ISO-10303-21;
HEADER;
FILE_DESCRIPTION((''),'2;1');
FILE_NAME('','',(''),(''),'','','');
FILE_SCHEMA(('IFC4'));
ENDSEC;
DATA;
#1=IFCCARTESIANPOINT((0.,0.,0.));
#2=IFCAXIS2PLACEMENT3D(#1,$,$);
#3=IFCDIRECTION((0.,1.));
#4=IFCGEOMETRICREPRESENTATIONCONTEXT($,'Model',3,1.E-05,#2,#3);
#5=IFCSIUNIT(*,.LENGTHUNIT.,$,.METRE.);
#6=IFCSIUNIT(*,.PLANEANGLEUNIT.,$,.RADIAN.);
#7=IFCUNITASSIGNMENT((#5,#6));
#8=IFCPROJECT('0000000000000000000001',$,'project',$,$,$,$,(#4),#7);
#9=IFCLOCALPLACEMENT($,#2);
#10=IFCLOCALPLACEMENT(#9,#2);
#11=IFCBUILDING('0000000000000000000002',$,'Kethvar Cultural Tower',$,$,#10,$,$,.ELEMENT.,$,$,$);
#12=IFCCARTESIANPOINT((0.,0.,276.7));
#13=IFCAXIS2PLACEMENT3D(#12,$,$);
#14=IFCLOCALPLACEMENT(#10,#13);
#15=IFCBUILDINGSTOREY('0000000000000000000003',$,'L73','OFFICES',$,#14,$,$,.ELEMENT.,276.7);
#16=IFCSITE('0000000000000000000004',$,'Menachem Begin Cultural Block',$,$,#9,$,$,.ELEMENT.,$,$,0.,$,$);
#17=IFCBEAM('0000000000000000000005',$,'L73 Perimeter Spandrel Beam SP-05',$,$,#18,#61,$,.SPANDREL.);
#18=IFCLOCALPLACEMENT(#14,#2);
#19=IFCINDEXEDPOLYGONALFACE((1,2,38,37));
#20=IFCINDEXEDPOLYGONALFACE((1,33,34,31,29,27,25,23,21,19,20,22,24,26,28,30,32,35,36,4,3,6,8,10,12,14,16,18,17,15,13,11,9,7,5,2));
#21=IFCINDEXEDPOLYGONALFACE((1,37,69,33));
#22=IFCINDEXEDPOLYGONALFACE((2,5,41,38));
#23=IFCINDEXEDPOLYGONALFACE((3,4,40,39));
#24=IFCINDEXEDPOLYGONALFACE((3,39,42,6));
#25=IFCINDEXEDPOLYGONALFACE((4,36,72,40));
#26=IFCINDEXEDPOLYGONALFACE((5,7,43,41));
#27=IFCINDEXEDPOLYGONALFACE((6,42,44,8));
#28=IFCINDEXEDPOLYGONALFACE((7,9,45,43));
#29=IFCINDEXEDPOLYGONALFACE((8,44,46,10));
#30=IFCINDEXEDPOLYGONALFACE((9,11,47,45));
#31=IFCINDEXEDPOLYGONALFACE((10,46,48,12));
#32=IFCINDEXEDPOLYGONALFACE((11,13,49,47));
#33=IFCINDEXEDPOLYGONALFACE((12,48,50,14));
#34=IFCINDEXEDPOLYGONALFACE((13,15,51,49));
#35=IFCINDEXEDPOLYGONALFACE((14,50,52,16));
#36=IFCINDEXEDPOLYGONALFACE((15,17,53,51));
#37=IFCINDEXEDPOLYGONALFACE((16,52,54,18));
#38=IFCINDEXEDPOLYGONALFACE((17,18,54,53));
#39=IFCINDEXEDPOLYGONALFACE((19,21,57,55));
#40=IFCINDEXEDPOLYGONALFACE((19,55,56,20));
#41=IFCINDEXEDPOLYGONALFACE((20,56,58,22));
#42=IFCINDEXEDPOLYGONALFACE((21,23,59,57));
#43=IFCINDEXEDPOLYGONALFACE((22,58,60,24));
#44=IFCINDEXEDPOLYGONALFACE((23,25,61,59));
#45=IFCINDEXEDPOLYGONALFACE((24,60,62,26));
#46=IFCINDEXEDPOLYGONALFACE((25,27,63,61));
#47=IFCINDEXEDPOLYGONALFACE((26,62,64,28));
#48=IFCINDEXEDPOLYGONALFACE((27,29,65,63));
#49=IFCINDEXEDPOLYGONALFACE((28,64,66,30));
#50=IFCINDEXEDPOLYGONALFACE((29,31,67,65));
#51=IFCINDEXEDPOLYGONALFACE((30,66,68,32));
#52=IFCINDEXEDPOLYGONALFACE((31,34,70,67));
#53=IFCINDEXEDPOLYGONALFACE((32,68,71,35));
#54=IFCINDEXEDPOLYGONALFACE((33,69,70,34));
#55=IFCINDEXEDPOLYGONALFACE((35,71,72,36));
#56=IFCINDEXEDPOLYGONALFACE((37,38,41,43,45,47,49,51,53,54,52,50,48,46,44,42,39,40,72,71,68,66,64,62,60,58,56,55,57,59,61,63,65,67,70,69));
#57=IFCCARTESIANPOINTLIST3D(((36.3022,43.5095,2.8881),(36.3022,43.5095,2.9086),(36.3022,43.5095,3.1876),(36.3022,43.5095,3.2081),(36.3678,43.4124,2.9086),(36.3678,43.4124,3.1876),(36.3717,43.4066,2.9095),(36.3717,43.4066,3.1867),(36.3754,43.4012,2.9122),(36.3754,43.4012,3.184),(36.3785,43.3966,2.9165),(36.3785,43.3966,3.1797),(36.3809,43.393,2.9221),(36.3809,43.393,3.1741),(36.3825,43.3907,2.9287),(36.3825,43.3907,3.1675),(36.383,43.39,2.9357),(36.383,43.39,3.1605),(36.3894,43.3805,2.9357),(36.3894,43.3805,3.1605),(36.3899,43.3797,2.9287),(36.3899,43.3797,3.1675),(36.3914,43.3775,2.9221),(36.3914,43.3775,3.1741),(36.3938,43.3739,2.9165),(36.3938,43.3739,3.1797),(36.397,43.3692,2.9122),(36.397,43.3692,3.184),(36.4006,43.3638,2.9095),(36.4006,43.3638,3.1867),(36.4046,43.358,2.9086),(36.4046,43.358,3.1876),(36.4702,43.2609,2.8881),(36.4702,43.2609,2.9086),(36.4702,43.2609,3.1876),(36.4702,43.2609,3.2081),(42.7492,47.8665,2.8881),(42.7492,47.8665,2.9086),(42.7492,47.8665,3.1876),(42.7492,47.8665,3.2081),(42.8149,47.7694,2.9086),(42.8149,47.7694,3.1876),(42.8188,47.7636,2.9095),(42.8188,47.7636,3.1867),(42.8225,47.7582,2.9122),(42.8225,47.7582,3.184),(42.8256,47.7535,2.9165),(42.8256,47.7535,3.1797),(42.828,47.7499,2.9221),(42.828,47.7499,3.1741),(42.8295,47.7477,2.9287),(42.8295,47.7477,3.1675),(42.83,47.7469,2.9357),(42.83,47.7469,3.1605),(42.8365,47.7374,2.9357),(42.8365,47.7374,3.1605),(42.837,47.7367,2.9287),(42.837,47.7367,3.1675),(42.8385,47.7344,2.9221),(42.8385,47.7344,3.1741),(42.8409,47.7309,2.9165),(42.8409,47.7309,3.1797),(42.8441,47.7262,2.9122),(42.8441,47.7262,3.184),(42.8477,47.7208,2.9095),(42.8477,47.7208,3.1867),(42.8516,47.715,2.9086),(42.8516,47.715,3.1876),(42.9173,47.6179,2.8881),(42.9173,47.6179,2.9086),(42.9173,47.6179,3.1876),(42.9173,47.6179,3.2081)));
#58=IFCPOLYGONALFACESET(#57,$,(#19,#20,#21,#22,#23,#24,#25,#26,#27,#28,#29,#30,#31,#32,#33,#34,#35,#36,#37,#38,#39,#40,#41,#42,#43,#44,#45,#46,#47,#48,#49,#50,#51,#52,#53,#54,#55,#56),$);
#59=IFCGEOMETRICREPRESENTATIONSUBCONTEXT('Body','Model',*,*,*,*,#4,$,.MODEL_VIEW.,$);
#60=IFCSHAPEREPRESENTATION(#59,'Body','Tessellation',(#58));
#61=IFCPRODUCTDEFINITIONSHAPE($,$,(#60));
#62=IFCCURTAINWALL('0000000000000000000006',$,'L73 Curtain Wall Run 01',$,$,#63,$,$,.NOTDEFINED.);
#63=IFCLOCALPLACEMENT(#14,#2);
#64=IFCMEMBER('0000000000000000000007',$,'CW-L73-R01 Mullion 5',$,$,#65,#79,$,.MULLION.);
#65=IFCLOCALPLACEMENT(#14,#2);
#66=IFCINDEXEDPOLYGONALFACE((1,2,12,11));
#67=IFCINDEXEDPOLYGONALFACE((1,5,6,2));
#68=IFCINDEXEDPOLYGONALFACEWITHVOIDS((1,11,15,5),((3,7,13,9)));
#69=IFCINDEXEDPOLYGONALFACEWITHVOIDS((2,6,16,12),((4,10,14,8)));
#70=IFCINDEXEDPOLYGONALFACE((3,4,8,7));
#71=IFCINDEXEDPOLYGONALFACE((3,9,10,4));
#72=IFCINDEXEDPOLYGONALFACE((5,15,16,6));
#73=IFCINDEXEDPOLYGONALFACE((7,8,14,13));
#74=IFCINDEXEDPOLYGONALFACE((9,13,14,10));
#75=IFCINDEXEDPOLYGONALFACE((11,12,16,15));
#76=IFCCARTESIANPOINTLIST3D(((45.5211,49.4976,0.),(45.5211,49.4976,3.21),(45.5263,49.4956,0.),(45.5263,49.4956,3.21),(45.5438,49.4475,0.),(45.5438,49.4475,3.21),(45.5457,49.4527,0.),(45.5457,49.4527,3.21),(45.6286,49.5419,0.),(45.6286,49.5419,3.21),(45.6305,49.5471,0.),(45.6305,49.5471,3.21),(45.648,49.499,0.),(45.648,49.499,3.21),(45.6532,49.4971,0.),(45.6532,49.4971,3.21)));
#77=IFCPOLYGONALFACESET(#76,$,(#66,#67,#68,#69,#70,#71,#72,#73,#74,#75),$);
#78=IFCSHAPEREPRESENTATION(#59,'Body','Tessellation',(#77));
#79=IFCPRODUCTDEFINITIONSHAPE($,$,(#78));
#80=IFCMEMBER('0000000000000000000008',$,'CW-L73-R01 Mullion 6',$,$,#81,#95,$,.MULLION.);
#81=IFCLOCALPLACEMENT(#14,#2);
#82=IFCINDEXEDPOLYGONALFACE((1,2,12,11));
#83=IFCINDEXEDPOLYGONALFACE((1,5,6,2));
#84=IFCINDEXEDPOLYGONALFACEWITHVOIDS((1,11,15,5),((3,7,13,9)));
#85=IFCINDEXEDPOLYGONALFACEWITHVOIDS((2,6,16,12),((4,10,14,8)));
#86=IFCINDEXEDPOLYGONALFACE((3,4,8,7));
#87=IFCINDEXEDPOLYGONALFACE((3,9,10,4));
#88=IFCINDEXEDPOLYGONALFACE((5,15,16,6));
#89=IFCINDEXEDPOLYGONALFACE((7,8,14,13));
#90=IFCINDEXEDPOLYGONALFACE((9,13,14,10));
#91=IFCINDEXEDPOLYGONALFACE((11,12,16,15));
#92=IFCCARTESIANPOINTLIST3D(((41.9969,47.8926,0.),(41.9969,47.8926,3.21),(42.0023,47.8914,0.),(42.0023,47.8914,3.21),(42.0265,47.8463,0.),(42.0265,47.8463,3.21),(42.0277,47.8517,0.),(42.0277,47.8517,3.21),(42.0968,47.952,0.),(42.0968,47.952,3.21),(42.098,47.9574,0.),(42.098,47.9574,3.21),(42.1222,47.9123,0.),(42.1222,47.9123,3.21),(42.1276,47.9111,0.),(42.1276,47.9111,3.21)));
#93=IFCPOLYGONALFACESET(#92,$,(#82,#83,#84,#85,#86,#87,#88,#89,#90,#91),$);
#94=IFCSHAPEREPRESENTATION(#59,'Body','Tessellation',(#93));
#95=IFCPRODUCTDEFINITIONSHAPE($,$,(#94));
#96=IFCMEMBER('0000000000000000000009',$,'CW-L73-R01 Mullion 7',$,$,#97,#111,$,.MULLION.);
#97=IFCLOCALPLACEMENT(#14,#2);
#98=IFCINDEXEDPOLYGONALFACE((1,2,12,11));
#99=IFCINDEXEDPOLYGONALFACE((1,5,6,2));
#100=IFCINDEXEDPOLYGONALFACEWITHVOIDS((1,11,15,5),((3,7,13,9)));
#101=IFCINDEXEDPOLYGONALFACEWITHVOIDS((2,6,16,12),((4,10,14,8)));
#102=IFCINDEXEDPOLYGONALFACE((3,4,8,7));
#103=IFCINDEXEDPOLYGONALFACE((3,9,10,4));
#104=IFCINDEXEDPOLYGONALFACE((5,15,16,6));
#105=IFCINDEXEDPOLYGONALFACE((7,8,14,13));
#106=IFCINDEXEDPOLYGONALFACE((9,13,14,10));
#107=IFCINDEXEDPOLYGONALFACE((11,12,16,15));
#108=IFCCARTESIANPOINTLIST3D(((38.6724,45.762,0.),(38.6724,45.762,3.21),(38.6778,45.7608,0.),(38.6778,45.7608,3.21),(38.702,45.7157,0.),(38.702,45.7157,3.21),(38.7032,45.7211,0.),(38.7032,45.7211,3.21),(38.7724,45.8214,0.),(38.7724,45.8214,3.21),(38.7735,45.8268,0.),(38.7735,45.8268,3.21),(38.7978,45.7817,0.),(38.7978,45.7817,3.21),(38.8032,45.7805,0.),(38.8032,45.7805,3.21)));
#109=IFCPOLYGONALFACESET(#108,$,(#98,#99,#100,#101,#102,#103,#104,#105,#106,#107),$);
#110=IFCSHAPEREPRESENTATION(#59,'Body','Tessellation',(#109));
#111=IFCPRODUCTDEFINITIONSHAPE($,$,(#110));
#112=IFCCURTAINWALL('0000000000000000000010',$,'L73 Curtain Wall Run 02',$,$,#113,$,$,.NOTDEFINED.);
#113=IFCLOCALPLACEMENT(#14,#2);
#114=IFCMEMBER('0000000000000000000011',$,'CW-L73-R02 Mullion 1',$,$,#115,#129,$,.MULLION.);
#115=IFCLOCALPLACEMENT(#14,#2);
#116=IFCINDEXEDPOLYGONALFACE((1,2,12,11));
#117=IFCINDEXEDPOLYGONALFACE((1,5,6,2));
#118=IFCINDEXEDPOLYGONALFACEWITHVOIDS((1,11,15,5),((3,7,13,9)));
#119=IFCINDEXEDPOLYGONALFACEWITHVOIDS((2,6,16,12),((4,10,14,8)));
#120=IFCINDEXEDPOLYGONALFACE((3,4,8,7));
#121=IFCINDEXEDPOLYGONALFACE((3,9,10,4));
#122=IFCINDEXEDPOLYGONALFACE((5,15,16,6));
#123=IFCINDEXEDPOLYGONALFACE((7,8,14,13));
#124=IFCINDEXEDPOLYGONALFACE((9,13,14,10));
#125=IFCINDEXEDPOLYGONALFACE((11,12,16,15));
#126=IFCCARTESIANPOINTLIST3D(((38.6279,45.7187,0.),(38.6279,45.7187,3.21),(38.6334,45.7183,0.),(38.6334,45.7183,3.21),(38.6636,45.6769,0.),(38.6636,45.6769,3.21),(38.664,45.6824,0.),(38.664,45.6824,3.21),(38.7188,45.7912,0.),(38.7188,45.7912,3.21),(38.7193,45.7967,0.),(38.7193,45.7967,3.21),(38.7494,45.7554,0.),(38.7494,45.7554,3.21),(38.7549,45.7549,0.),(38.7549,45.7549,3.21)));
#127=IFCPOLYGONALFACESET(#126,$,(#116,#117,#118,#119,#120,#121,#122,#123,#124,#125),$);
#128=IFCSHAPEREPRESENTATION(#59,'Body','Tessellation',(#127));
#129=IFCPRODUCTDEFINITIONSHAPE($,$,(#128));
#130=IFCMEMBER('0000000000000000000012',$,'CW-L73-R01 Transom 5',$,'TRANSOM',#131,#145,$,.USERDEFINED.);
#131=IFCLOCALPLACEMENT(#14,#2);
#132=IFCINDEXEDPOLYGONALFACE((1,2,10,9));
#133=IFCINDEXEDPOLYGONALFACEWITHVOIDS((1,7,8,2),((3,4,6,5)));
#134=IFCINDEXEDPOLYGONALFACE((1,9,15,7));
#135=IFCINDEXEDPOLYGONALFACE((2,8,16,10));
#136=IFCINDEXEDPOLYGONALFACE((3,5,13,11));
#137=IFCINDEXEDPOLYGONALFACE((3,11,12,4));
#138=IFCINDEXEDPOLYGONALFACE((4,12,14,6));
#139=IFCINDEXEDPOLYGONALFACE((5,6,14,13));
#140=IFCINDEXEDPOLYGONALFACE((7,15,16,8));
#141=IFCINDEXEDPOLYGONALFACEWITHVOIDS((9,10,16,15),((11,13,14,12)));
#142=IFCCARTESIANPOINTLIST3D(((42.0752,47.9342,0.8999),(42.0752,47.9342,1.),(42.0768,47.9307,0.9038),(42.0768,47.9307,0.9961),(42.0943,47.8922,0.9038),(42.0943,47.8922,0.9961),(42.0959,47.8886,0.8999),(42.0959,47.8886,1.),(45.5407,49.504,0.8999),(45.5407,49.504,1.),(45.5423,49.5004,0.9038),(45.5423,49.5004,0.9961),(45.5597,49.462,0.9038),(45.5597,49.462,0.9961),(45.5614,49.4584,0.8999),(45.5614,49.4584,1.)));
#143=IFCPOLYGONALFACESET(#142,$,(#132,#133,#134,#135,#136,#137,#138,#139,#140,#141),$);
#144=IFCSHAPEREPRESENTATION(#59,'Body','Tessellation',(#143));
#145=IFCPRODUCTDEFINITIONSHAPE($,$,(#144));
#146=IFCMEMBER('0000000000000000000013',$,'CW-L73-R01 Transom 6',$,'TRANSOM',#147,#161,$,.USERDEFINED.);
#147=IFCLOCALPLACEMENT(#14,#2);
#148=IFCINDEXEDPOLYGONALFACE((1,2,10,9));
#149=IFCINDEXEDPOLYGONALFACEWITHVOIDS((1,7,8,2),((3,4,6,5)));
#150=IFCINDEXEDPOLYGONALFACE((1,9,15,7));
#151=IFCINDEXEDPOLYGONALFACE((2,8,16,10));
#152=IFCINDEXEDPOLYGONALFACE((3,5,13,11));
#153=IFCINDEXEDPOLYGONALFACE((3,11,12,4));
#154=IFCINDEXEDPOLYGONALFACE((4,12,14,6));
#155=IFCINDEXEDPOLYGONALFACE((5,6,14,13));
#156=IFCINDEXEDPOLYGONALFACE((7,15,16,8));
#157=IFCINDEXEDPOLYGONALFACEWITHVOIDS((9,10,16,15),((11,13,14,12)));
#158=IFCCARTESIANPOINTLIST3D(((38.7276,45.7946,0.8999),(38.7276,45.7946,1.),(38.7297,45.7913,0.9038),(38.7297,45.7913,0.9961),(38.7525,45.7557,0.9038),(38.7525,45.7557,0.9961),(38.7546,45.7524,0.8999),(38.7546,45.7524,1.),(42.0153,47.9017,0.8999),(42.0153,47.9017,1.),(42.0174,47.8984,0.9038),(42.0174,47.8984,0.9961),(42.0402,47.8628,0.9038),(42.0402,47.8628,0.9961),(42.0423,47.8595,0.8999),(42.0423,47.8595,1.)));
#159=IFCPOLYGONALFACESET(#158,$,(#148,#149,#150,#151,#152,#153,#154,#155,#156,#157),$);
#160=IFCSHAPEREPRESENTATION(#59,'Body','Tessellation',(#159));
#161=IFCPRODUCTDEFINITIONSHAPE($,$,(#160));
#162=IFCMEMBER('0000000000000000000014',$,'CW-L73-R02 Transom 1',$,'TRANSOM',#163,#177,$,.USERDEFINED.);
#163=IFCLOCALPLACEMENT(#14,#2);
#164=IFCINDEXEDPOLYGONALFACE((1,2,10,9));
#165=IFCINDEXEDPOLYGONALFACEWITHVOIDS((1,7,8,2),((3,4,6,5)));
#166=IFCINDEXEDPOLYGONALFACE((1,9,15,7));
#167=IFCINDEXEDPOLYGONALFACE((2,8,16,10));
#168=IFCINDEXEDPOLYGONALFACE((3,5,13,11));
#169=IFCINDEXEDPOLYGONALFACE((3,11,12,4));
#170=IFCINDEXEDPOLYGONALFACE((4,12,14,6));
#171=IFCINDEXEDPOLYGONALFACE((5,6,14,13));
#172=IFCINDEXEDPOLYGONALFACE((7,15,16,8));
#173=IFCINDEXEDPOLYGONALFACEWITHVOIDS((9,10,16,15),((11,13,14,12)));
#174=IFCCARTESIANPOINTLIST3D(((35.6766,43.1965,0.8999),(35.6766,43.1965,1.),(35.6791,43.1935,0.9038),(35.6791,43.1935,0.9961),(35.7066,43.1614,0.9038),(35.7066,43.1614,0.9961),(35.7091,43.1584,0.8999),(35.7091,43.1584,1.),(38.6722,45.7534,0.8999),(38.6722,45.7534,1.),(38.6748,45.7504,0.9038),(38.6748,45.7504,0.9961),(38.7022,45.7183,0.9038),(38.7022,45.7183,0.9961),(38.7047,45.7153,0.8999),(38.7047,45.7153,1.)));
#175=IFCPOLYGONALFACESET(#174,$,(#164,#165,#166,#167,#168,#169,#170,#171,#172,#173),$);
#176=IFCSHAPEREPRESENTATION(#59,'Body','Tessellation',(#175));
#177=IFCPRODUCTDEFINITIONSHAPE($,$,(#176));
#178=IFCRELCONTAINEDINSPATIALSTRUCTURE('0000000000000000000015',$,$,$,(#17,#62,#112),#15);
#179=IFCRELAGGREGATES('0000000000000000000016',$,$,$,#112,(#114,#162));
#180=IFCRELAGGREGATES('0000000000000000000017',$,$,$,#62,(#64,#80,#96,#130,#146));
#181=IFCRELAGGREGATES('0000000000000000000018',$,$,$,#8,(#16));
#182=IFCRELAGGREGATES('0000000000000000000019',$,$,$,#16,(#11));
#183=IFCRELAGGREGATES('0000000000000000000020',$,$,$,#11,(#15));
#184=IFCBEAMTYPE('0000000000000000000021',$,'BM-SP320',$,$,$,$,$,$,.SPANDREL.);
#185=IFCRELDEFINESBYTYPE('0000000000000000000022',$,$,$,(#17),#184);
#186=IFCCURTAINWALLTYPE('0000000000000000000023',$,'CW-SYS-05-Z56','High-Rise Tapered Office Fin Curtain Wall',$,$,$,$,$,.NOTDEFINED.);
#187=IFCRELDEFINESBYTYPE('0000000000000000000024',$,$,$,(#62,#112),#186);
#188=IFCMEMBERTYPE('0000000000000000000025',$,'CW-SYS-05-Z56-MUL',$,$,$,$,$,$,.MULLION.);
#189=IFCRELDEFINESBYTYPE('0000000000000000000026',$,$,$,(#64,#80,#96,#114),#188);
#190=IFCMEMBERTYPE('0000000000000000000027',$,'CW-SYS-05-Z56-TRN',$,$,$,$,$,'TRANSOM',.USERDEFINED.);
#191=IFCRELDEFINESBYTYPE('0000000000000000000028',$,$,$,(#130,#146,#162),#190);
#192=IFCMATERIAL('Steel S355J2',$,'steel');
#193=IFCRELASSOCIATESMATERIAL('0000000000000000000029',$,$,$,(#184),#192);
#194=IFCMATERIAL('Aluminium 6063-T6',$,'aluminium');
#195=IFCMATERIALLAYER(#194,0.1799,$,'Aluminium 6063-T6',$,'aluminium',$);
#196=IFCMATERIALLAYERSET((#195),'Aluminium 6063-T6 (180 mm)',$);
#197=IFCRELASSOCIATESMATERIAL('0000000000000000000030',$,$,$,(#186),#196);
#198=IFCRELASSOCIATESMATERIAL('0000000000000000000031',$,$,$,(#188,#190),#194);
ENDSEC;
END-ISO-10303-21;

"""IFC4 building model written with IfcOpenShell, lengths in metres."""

from ifc_helpers import new_model, si_unit, direction, frame, origin, origin_2d, place, context, subcontext, project, spatial, hollow_rectangle, i_section, extrude, source, transform, mapped, material, layer, layer_set, material_profile, profile_set, type_object, element, aggregate, save


model = new_model("IFC4")

# Units and contexts
model_context = context("Model", 3, precision=1e-05, world=origin(), true_north=direction((0.0, 1.0)))
body_context = subcontext(model_context, "Body", "Model", "MODEL_VIEW")
ifc_project = project(units=[si_unit("LENGTHUNIT", "METRE"), si_unit("PLANEANGLEUNIT", "RADIAN")], contexts=[model_context])

# Site, building, storey
site_placement = place(None, origin())
site = spatial("IfcSite", under=ifc_project, at=site_placement, Name="Menachem Begin Cultural Block", CompositionType="ELEMENT", RefElevation=0.0)
building_placement = place(site_placement, origin())
building = spatial("IfcBuilding", under=site, at=building_placement, Name="Kethvar Cultural Tower", CompositionType="ELEMENT")
storey_placement = place(building_placement, frame((0.0, 0.0, 276.7)))
storey = spatial("IfcBuildingStorey", under=building, at=storey_placement, Name="L73", Description="OFFICES", CompositionType="ELEMENT", Elevation=276.7)

# Shared definitions
ifc_material_1 = material(Name="Steel S355J2", Category="steel")

# Beam
ifc_material_profile_1 = material_profile(ifc_material_1, i_section(OverallWidth=0.3, OverallDepth=0.3201, WebThickness=0.0115, FlangeThickness=0.0205, FilletRadius=0.0271, at=origin_2d()), Name="Steel S355J2 — HEB320")
ifc_profile_set_1 = profile_set([ifc_material_profile_1], Name="Steel S355J2 — HEB320")
beam_type_1 = type_object("IfcBeamType", Name="BM-SP320", PredefinedType="SPANDREL", material=ifc_profile_set_1)
shared_shape_1 = source(origin(), body_context, "Body", "SweptSolid", [
    extrude(i_section(OverallWidth=0.3, OverallDepth=0.3201, WebThickness=0.0115, FlangeThickness=0.0205, FilletRadius=0.0271, at=origin_2d()), origin(), (0.0, 0.0, 1.0), 7.7812),
])
beam_1_placement = place(storey_placement, frame((42.8333, 47.7422, 3.0481), z_axis=(-0.828539, -0.559931, 0.0), x_axis=(0.559931, -0.828539, 0.0)))
element("IfcBeam", 1, at=beam_1_placement, inside=storey, type_object=beam_type_1, Name="L73 Perimeter Spandrel Beam SP-05", PredefinedType="SPANDREL", context=body_context, shape_type="MappedRepresentation", body=[
    mapped(shared_shape_1, transform((0.0, 0.0, 0.0), scale=1.0)),
])

# Curtain wall, members
ifc_material_2 = material(Name="Aluminium 6063-T6", Category="aluminium")
ifc_layer_1 = layer(ifc_material_2, 0.1799, Name="Aluminium 6063-T6", Category="aluminium")
ifc_layer_set_1 = layer_set([ifc_layer_1], Name="Aluminium 6063-T6 (180 mm)")
curtain_wall_type = type_object("IfcCurtainWallType", Name="CW-SYS-05-Z56", Description="High-Rise Tapered Office Fin Curtain Wall", PredefinedType="NOTDEFINED", material=ifc_layer_set_1)
curtain_wall_1_placement = place(storey_placement, origin())
curtain_wall_1 = element("IfcCurtainWall", 2, at=curtain_wall_1_placement, inside=storey, type_object=curtain_wall_type, Name="L73 Curtain Wall Run 01", PredefinedType="NOTDEFINED")
ifc_material_profile_2 = material_profile(ifc_material_2, hollow_rectangle(XDim=0.0549, YDim=0.1201, WallThickness=0.0039, at=origin_2d()), Name="Aluminium 6063-T6 — RHS120x55x4")
ifc_profile_set_2 = profile_set([ifc_material_profile_2], Name="Aluminium 6063-T6 — RHS120x55x4")
member_type_1 = type_object("IfcMemberType", Name="CW-SYS-05-Z56-MUL", PredefinedType="MULLION", material=ifc_profile_set_2)
shared_shape_2 = source(origin(), body_context, "Body", "SweptSolid", [
    extrude(hollow_rectangle(XDim=0.0549, YDim=0.1201, WallThickness=0.0039, at=origin_2d()), origin(), (0.0, 0.0, 1.0), 3.21),
])
member_1_placement = place(storey_placement, frame((45.5872, 49.4973, 0.0), z_axis=(0.0, 0.0, 1.0), x_axis=(0.412612, -0.910907, 0.0)))
member_1 = element("IfcMember", 3, at=member_1_placement, type_object=member_type_1, Name="CW-L73-R01 Mullion 5", PredefinedType="MULLION", context=body_context, shape_type="MappedRepresentation", body=[
    mapped(shared_shape_2, transform((0.0, 0.0, 0.0), scale=1.0)),
])
member_2_placement = place(storey_placement, frame((42.0623, 47.9019, 0.0), z_axis=(0.0, 0.0, 1.0), x_axis=(0.539594, -0.841925, 0.0)))
member_2 = element("IfcMember", 4, at=member_2_placement, type_object=member_type_1, Name="CW-L73-R01 Mullion 6", PredefinedType="MULLION", context=body_context, shape_type="MappedRepresentation", body=[
    mapped(shared_shape_2, transform((0.0, 0.0, 0.0), scale=1.0)),
])
member_3_placement = place(storey_placement, frame((38.7378, 45.7712, 0.0), z_axis=(0.0, 0.0, 1.0), x_axis=(0.539594, -0.841925, 0.0)))
member_3 = element("IfcMember", 5, at=member_3_placement, type_object=member_type_1, Name="CW-L73-R01 Mullion 7", PredefinedType="MULLION", context=body_context, shape_type="MappedRepresentation", body=[
    mapped(shared_shape_2, transform((0.0, 0.0, 0.0), scale=1.0)),
])

# Curtain wall, member
curtain_wall_2_placement = place(storey_placement, origin())
curtain_wall_2 = element("IfcCurtainWall", 6, at=curtain_wall_2_placement, inside=storey, type_object=curtain_wall_type, Name="L73 Curtain Wall Run 02", PredefinedType="NOTDEFINED")
member_4_placement = place(storey_placement, frame((38.6914, 45.7368, 0.0), z_axis=(0.0, 0.0, 1.0), x_axis=(0.649222, -0.760599, 0.0)))
member_4 = element("IfcMember", 7, at=member_4_placement, type_object=member_type_1, Name="CW-L73-R02 Mullion 1", PredefinedType="MULLION", context=body_context, shape_type="MappedRepresentation", body=[
    mapped(shared_shape_2, transform((0.0, 0.0, 0.0), scale=1.0)),
])

# Members
ifc_material_profile_3 = material_profile(ifc_material_2, hollow_rectangle(XDim=0.05, YDim=0.1001, WallThickness=0.0039, at=origin_2d()), Name="Aluminium 6063-T6 — RHS100x50x4")
ifc_profile_set_3 = profile_set([ifc_material_profile_3], Name="Aluminium 6063-T6 — RHS100x50x4")
member_type_2 = type_object("IfcMemberType", Name="CW-SYS-05-Z56-TRN", ElementType="TRANSOM", PredefinedType="USERDEFINED", material=ifc_profile_set_3)
shared_shape_3 = source(origin(), body_context, "Body", "SweptSolid", [
    extrude(hollow_rectangle(XDim=0.05, YDim=0.1001, WallThickness=0.0039, at=origin_2d()), origin(), (0.0, 0.0, 1.0), 3.8044),
])
member_5_placement = place(storey_placement, frame((45.551, 49.4812, 0.95), z_axis=(-0.910904, -0.412618, 0.0), x_axis=(0.412618, -0.910904, 0.0)))
member_5 = element("IfcMember", 8, at=member_5_placement, type_object=member_type_2, Name="CW-L73-R01 Transom 5", ObjectType="TRANSOM", PredefinedType="USERDEFINED", context=body_context, shape_type="MappedRepresentation", body=[
    mapped(shared_shape_3, transform((0.0, 0.0, 0.0), scale=1.0)),
])
shared_shape_4 = source(origin(), body_context, "Body", "SweptSolid", [
    extrude(hollow_rectangle(XDim=0.05, YDim=0.1001, WallThickness=0.0039, at=origin_2d()), origin(), (0.0, 0.0, 1.0), 3.905),
])
member_6_placement = place(storey_placement, frame((42.0288, 47.8806, 0.95), z_axis=(-0.841927, -0.539591, 0.0), x_axis=(0.539591, -0.841927, 0.0)))
member_6 = element("IfcMember", 9, at=member_6_placement, type_object=member_type_2, Name="CW-L73-R01 Transom 6", ObjectType="TRANSOM", PredefinedType="USERDEFINED", context=body_context, shape_type="MappedRepresentation", body=[
    mapped(shared_shape_4, transform((0.0, 0.0, 0.0), scale=1.0)),
])
shared_shape_5 = source(origin(), body_context, "Body", "SweptSolid", [
    extrude(hollow_rectangle(XDim=0.05, YDim=0.1001, WallThickness=0.0039, at=origin_2d()), origin(), (0.0, 0.0, 1.0), 3.9385),
])
member_7_placement = place(storey_placement, frame((38.6885, 45.7344, 0.95), z_axis=(-0.760607, -0.649213, 0.0), x_axis=(0.649213, -0.760607, 0.0)))
member_7 = element("IfcMember", 10, at=member_7_placement, type_object=member_type_2, Name="CW-L73-R02 Transom 1", ObjectType="TRANSOM", PredefinedType="USERDEFINED", context=body_context, shape_type="MappedRepresentation", body=[
    mapped(shared_shape_5, transform((0.0, 0.0, 0.0), scale=1.0)),
])
aggregate(curtain_wall_2, [member_4, member_7])

aggregate(curtain_wall_1, [member_1, member_2, member_3, member_5, member_6])

save(model, "model.ifc")
